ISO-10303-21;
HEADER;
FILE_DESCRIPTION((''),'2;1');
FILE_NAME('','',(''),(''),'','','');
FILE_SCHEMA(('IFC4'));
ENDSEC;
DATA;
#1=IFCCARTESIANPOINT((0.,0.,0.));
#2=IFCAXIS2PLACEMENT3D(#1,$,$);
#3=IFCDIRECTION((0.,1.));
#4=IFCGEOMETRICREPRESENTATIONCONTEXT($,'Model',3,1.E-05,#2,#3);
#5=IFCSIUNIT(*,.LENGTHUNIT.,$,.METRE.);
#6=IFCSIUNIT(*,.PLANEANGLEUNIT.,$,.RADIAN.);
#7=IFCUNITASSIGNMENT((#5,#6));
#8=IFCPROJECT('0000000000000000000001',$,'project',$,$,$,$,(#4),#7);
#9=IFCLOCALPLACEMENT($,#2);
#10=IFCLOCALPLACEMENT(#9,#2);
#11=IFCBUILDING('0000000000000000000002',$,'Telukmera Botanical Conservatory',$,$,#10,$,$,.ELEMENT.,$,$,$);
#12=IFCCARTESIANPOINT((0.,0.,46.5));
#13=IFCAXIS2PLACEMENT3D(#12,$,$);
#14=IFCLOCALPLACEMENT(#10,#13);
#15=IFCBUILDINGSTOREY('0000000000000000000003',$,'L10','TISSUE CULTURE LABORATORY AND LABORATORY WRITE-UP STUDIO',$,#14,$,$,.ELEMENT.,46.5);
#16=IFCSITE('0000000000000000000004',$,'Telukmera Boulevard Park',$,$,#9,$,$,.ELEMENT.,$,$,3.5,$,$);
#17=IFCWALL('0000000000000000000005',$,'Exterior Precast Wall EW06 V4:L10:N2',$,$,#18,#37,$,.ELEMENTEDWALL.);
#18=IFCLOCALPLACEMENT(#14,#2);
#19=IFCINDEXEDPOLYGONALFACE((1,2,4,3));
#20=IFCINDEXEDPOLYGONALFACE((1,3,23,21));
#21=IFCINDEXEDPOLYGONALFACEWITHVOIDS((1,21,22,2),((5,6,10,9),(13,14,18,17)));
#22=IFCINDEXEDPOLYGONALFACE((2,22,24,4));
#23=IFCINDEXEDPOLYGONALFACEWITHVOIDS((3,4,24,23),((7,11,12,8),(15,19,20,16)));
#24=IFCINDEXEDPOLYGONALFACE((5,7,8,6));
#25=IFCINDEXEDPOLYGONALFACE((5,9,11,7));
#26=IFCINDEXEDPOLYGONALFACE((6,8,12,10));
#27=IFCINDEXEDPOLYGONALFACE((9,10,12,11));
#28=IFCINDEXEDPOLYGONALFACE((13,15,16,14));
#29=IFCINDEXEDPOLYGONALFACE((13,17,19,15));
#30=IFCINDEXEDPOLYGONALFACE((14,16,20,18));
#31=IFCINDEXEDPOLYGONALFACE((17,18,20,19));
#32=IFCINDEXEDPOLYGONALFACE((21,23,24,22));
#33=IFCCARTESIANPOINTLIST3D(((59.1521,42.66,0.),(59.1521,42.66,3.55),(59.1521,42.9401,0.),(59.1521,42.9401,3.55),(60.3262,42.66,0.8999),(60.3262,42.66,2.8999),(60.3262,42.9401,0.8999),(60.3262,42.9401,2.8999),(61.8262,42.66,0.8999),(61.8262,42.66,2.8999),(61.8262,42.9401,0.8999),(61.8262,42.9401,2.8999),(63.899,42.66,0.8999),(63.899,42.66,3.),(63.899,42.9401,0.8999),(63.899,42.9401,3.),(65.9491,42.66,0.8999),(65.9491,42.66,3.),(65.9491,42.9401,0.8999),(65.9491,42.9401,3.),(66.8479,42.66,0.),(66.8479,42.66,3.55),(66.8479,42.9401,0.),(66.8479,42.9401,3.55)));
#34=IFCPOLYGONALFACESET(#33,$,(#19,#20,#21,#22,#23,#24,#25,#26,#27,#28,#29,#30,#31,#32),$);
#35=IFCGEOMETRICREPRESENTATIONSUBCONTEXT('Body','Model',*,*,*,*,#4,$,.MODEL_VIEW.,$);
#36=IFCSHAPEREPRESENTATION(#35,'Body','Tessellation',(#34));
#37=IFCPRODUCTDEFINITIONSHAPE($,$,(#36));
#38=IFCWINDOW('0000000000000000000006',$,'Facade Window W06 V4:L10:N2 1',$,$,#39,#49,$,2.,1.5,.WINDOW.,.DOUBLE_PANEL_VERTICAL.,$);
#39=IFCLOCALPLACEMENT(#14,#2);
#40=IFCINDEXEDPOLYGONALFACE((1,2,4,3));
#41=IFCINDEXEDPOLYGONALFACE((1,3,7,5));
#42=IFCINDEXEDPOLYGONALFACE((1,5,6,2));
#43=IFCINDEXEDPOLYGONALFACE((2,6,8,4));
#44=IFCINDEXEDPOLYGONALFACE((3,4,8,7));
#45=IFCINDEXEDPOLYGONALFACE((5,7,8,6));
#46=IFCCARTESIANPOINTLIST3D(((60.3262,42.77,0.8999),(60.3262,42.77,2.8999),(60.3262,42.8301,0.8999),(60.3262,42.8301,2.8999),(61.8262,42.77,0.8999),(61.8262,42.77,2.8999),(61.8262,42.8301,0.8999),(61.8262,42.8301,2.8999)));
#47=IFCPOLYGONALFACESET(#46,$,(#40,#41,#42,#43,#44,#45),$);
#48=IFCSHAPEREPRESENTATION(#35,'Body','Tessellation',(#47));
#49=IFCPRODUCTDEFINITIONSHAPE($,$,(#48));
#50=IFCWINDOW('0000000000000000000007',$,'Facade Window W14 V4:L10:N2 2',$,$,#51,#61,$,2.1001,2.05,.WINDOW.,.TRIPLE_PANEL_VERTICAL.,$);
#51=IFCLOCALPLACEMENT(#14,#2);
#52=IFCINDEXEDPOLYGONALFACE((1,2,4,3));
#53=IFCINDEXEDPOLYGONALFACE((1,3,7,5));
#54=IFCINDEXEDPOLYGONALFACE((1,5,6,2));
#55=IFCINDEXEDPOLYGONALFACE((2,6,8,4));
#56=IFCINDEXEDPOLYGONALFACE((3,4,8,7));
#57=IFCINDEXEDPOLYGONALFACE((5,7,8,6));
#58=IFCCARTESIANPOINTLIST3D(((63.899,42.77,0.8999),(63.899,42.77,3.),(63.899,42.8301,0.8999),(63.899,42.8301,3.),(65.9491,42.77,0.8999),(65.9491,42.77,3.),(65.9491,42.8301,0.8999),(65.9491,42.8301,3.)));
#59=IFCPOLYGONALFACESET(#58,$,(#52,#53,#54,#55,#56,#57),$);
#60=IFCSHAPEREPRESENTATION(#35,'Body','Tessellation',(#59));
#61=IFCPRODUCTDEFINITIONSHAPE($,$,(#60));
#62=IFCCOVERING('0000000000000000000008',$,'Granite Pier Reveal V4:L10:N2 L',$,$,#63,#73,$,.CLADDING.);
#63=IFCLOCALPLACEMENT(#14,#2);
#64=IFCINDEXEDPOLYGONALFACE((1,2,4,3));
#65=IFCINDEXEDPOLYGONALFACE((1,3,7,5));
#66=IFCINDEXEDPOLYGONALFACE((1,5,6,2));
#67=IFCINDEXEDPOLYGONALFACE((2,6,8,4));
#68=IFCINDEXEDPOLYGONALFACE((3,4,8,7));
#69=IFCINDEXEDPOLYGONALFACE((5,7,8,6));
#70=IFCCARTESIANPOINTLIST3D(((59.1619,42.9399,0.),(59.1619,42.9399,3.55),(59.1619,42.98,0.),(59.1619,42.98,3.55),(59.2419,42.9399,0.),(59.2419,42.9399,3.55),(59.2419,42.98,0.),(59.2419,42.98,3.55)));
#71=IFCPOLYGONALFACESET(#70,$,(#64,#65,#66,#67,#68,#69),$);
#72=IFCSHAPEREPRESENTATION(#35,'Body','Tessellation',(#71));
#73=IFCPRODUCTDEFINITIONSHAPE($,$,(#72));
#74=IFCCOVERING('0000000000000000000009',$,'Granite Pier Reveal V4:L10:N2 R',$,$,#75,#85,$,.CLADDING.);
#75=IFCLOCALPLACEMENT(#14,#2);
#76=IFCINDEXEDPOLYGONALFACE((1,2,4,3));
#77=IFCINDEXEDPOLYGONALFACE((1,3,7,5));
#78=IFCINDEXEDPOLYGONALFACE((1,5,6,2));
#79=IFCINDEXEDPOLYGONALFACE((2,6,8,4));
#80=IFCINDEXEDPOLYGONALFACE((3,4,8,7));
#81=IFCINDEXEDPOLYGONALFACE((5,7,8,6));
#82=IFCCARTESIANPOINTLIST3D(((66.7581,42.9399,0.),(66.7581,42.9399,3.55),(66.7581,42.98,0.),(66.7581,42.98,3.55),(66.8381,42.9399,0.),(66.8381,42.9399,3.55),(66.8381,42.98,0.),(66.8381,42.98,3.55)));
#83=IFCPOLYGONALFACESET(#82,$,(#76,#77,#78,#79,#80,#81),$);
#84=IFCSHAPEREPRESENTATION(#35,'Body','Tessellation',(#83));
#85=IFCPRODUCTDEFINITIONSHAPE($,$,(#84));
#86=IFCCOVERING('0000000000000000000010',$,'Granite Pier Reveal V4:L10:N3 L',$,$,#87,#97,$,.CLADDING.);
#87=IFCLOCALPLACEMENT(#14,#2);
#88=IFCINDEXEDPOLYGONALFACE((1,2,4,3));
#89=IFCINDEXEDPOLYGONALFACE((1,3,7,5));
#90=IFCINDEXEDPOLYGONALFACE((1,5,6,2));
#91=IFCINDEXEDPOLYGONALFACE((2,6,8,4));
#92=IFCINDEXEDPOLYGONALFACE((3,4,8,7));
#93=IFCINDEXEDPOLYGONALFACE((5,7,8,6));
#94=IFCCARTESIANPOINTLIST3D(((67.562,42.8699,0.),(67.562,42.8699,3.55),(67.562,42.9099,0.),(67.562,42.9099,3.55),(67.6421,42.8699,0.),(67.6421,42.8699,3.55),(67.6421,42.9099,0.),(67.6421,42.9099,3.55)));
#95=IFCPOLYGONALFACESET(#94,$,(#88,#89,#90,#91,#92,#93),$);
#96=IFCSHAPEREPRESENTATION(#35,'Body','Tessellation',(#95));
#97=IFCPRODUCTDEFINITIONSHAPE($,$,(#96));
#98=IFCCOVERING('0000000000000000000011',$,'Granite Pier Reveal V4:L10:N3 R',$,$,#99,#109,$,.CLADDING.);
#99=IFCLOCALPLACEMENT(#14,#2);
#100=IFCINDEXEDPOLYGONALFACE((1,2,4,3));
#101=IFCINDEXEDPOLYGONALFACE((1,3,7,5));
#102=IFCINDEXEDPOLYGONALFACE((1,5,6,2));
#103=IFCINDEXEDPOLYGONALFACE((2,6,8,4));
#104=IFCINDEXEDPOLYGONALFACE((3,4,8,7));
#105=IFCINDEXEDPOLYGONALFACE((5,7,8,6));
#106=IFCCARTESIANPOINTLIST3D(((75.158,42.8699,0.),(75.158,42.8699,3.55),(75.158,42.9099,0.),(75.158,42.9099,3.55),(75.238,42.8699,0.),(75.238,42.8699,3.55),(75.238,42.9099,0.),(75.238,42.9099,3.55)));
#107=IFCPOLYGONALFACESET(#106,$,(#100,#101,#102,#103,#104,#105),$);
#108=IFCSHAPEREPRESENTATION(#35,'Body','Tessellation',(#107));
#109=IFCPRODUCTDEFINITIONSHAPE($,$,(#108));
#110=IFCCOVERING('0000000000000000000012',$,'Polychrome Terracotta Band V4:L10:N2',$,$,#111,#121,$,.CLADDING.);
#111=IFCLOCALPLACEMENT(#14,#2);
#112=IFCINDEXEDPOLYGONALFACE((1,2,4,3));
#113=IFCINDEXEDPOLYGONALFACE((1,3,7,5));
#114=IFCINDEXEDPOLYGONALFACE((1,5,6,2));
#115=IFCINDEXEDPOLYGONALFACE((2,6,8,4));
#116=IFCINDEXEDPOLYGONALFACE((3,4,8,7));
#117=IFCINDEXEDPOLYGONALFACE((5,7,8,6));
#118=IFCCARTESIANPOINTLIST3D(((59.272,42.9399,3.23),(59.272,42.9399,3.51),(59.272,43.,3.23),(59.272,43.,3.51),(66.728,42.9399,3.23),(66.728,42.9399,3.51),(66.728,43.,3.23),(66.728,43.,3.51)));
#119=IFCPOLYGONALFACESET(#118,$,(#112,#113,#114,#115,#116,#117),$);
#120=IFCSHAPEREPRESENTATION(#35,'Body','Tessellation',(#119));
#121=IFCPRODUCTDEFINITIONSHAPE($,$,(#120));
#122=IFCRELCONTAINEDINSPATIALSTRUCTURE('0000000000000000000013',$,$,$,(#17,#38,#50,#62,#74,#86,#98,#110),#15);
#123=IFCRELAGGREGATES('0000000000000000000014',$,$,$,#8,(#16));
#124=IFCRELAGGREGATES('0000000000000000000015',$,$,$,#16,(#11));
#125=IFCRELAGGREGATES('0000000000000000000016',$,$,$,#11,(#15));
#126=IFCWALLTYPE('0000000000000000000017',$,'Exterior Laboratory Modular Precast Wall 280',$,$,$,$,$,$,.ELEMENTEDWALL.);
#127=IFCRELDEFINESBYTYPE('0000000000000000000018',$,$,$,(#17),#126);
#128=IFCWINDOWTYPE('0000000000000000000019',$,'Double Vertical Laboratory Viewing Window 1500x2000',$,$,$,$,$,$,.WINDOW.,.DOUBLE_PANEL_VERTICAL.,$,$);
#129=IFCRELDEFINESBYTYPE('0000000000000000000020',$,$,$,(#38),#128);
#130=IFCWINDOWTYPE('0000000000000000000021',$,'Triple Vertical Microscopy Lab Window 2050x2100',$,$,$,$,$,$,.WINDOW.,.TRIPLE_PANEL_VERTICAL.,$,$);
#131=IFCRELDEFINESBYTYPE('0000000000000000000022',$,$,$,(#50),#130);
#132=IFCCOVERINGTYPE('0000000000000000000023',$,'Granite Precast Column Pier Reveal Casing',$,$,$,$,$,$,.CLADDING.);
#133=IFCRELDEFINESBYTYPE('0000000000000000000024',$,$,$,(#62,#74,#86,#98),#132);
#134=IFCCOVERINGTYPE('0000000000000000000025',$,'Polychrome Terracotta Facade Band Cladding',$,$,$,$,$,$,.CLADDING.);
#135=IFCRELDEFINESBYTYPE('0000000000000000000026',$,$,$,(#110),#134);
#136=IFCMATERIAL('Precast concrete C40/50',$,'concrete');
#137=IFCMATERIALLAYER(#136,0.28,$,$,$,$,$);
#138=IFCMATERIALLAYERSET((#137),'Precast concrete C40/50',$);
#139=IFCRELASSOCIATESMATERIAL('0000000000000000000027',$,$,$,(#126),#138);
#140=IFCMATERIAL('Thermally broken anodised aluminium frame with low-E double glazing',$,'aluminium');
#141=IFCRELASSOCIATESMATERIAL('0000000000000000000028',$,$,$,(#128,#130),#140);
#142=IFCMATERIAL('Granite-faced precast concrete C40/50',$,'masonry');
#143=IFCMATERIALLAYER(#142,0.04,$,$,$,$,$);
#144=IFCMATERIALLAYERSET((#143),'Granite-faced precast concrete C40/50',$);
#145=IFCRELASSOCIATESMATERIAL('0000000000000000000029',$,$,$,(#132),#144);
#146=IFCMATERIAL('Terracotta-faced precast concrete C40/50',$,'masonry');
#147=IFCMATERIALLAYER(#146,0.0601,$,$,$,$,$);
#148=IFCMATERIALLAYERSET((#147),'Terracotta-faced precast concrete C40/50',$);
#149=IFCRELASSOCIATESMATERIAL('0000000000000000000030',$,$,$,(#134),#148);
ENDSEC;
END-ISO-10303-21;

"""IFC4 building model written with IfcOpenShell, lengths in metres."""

from ifc_helpers import new_model, si_unit, direction, frame, frame_2d, origin, origin_2d, place, context, subcontext, project, spatial, rectangle, extrude, material, layer, layer_set, type_object, element, fill, save


model = new_model("IFC4")

# Units and contexts
model_context = context("Model", 3, precision=1e-05, world=origin(), true_north=direction((0.0, 1.0)))
body_context = subcontext(model_context, "Body", "Model", "MODEL_VIEW")
ifc_project = project(units=[si_unit("LENGTHUNIT", "METRE"), si_unit("PLANEANGLEUNIT", "RADIAN")], contexts=[model_context])

# Site, building, storey
site_placement = place(None, origin())
site = spatial("IfcSite", under=ifc_project, at=site_placement, Name="Telukmera Boulevard Park", CompositionType="ELEMENT", RefElevation=3.5)
building_placement = place(site_placement, origin())
building = spatial("IfcBuilding", under=site, at=building_placement, Name="Telukmera Botanical Conservatory", CompositionType="ELEMENT")
storey_placement = place(building_placement, frame((0.0, 0.0, 46.5)))
storey = spatial("IfcBuildingStorey", under=building, at=storey_placement, Name="L10", Description="TISSUE CULTURE LABORATORY AND LABORATORY WRITE-UP STUDIO", CompositionType="ELEMENT", Elevation=46.5)

# Shared definitions
ifc_material_1 = material(Name="Precast concrete C40/50", Category="concrete")

# Wall, openings, windows
ifc_layer_1 = layer(ifc_material_1, 0.28)
ifc_layer_set_1 = layer_set([ifc_layer_1], Name="Precast concrete C40/50")
wall_type = type_object("IfcWallType", Name="Exterior Laboratory Modular Precast Wall 280", PredefinedType="ELEMENTEDWALL", material=ifc_layer_set_1)
wall_placement = place(storey_placement, frame((59.1521, 42.8, 0.0), z_axis=(0.0, 0.0, 1.0), x_axis=(1.0, 0.0, 0.0)))
wall = element("IfcWall", 1, at=wall_placement, inside=storey, type_object=wall_type, Name="Exterior Precast Wall EW06 V4:L10:N2", PredefinedType="ELEMENTEDWALL", context=body_context, shape_type="SweptSolid", body=[
    extrude(rectangle(XDim=7.6958, YDim=0.28, at=frame_2d((3.8479, 0.0))), origin(), (0.0, 0.0, 1.0), 3.55),
])
opening_1_placement = place(wall_placement, frame((1.1741, 0.0, 0.8999)))
opening_1 = element("IfcOpeningElement", 2, at=opening_1_placement, cuts=wall, PredefinedType="OPENING", context=body_context, shape_type="SweptSolid", body=[
    extrude(rectangle(XDim=1.5, YDim=2.0, at=frame_2d((0.75, 1.0))), frame((0.0, 0.1499, 0.0), z_axis=(0.0, -1.0, 0.0), x_axis=(1.0, 0.0, 0.0)), (0.0, 0.0, 1.0), 0.3),
])
opening_2_placement = place(wall_placement, frame((4.7471, 0.0, 0.8999)))
opening_2 = element("IfcOpeningElement", 3, at=opening_2_placement, cuts=wall, PredefinedType="OPENING", context=body_context, shape_type="SweptSolid", body=[
    extrude(rectangle(XDim=2.05, YDim=2.1001, at=frame_2d((1.0249, 1.05))), frame((0.0, 0.1499, 0.0), z_axis=(0.0, -1.0, 0.0), x_axis=(1.0, 0.0, 0.0)), (0.0, 0.0, 1.0), 0.3),
])
ifc_material_2 = material(Name="Thermally broken anodised aluminium frame with low-E double glazing", Category="aluminium")
window_type_1 = type_object("IfcWindowType", Name="Double Vertical Laboratory Viewing Window 1500x2000", PartitioningType="DOUBLE_PANEL_VERTICAL", PredefinedType="WINDOW", material=ifc_material_2)
window_1_placement = place(opening_1_placement, origin())
window_1 = element("IfcWindow", 4, at=window_1_placement, inside=storey, type_object=window_type_1, Name="Facade Window W06 V4:L10:N2 1", OverallHeight=2.0, OverallWidth=1.5, PartitioningType="DOUBLE_PANEL_VERTICAL", PredefinedType="WINDOW", context=body_context, shape_type="SweptSolid", body=[
    extrude(rectangle(XDim=1.5, YDim=2.0, at=frame_2d((0.75, 1.0))), frame((0.0, 0.03, 0.0), z_axis=(0.0, -1.0, 0.0), x_axis=(1.0, 0.0, 0.0)), (0.0, 0.0, 1.0), 0.0601),
])
fill(opening_1, window_1)
window_type_2 = type_object("IfcWindowType", Name="Triple Vertical Microscopy Lab Window 2050x2100", PartitioningType="TRIPLE_PANEL_VERTICAL", PredefinedType="WINDOW", material=ifc_material_2)
window_2_placement = place(opening_2_placement, origin())
window_2 = element("IfcWindow", 5, at=window_2_placement, inside=storey, type_object=window_type_2, Name="Facade Window W14 V4:L10:N2 2", OverallHeight=2.1001, OverallWidth=2.05, PartitioningType="TRIPLE_PANEL_VERTICAL", PredefinedType="WINDOW", context=body_context, shape_type="SweptSolid", body=[
    extrude(rectangle(XDim=2.05, YDim=2.1001, at=frame_2d((1.0249, 1.05))), frame((0.0, 0.03, 0.0), z_axis=(0.0, -1.0, 0.0), x_axis=(1.0, 0.0, 0.0)), (0.0, 0.0, 1.0), 0.0601),
])
fill(opening_2, window_2)

# Coverings
ifc_material_3 = material(Name="Granite-faced precast concrete C40/50", Category="masonry")
ifc_layer_2 = layer(ifc_material_3, 0.04)
ifc_layer_set_2 = layer_set([ifc_layer_2], Name="Granite-faced precast concrete C40/50")
covering_type_1 = type_object("IfcCoveringType", Name="Granite Precast Column Pier Reveal Casing", PredefinedType="CLADDING", material=ifc_layer_set_2)
for number, where, z_axis, x_axis, name in (
    (6, (59.2019, 42.96, 0.0), (0.0, 0.0, 1.0), (1.0, 0.0, 0.0), "Granite Pier Reveal V4:L10:N2 L"),
    (7, (66.7981, 42.96, 0.0), (0.0, 0.0, 1.0), (1.0, 0.0, 0.0), "Granite Pier Reveal V4:L10:N2 R"),
    (8, (67.6021, 42.8899, 0.0), (0.0, 0.0, 1.0), (1.0, 0.0, 0.0), "Granite Pier Reveal V4:L10:N3 L"),
    (9, (75.198, 42.8899, 0.0), (0.0, 0.0, 1.0), (1.0, 0.0, 0.0), "Granite Pier Reveal V4:L10:N3 R"),
):
    element("IfcCovering", number, at=place(storey_placement, frame(where, z_axis=z_axis, x_axis=x_axis)), inside=storey, type_object=covering_type_1, Name=name, PredefinedType="CLADDING", context=body_context, shape_type="SweptSolid", body=[
        extrude(rectangle(XDim=0.0801, YDim=0.04, at=origin_2d()), origin(), (0.0, 0.0, 1.0), 3.55),
    ])
ifc_material_4 = material(Name="Terracotta-faced precast concrete C40/50", Category="masonry")
ifc_layer_3 = layer(ifc_material_4, 0.0601)
ifc_layer_set_3 = layer_set([ifc_layer_3], Name="Terracotta-faced precast concrete C40/50")
covering_type_2 = type_object("IfcCoveringType", Name="Polychrome Terracotta Facade Band Cladding", PredefinedType="CLADDING", material=ifc_layer_set_3)
covering_placement = place(storey_placement, frame((63.0, 42.97, 3.23), z_axis=(0.0, 0.0, 1.0), x_axis=(1.0, 0.0, 0.0)))
element("IfcCovering", 10, at=covering_placement, inside=storey, type_object=covering_type_2, Name="Polychrome Terracotta Band V4:L10:N2", PredefinedType="CLADDING", context=body_context, shape_type="SweptSolid", body=[
    extrude(rectangle(XDim=7.4561, YDim=0.0601, at=origin_2d()), origin(), (0.0, 0.0, 1.0), 0.28),
])

save(model, "model.ifc")
